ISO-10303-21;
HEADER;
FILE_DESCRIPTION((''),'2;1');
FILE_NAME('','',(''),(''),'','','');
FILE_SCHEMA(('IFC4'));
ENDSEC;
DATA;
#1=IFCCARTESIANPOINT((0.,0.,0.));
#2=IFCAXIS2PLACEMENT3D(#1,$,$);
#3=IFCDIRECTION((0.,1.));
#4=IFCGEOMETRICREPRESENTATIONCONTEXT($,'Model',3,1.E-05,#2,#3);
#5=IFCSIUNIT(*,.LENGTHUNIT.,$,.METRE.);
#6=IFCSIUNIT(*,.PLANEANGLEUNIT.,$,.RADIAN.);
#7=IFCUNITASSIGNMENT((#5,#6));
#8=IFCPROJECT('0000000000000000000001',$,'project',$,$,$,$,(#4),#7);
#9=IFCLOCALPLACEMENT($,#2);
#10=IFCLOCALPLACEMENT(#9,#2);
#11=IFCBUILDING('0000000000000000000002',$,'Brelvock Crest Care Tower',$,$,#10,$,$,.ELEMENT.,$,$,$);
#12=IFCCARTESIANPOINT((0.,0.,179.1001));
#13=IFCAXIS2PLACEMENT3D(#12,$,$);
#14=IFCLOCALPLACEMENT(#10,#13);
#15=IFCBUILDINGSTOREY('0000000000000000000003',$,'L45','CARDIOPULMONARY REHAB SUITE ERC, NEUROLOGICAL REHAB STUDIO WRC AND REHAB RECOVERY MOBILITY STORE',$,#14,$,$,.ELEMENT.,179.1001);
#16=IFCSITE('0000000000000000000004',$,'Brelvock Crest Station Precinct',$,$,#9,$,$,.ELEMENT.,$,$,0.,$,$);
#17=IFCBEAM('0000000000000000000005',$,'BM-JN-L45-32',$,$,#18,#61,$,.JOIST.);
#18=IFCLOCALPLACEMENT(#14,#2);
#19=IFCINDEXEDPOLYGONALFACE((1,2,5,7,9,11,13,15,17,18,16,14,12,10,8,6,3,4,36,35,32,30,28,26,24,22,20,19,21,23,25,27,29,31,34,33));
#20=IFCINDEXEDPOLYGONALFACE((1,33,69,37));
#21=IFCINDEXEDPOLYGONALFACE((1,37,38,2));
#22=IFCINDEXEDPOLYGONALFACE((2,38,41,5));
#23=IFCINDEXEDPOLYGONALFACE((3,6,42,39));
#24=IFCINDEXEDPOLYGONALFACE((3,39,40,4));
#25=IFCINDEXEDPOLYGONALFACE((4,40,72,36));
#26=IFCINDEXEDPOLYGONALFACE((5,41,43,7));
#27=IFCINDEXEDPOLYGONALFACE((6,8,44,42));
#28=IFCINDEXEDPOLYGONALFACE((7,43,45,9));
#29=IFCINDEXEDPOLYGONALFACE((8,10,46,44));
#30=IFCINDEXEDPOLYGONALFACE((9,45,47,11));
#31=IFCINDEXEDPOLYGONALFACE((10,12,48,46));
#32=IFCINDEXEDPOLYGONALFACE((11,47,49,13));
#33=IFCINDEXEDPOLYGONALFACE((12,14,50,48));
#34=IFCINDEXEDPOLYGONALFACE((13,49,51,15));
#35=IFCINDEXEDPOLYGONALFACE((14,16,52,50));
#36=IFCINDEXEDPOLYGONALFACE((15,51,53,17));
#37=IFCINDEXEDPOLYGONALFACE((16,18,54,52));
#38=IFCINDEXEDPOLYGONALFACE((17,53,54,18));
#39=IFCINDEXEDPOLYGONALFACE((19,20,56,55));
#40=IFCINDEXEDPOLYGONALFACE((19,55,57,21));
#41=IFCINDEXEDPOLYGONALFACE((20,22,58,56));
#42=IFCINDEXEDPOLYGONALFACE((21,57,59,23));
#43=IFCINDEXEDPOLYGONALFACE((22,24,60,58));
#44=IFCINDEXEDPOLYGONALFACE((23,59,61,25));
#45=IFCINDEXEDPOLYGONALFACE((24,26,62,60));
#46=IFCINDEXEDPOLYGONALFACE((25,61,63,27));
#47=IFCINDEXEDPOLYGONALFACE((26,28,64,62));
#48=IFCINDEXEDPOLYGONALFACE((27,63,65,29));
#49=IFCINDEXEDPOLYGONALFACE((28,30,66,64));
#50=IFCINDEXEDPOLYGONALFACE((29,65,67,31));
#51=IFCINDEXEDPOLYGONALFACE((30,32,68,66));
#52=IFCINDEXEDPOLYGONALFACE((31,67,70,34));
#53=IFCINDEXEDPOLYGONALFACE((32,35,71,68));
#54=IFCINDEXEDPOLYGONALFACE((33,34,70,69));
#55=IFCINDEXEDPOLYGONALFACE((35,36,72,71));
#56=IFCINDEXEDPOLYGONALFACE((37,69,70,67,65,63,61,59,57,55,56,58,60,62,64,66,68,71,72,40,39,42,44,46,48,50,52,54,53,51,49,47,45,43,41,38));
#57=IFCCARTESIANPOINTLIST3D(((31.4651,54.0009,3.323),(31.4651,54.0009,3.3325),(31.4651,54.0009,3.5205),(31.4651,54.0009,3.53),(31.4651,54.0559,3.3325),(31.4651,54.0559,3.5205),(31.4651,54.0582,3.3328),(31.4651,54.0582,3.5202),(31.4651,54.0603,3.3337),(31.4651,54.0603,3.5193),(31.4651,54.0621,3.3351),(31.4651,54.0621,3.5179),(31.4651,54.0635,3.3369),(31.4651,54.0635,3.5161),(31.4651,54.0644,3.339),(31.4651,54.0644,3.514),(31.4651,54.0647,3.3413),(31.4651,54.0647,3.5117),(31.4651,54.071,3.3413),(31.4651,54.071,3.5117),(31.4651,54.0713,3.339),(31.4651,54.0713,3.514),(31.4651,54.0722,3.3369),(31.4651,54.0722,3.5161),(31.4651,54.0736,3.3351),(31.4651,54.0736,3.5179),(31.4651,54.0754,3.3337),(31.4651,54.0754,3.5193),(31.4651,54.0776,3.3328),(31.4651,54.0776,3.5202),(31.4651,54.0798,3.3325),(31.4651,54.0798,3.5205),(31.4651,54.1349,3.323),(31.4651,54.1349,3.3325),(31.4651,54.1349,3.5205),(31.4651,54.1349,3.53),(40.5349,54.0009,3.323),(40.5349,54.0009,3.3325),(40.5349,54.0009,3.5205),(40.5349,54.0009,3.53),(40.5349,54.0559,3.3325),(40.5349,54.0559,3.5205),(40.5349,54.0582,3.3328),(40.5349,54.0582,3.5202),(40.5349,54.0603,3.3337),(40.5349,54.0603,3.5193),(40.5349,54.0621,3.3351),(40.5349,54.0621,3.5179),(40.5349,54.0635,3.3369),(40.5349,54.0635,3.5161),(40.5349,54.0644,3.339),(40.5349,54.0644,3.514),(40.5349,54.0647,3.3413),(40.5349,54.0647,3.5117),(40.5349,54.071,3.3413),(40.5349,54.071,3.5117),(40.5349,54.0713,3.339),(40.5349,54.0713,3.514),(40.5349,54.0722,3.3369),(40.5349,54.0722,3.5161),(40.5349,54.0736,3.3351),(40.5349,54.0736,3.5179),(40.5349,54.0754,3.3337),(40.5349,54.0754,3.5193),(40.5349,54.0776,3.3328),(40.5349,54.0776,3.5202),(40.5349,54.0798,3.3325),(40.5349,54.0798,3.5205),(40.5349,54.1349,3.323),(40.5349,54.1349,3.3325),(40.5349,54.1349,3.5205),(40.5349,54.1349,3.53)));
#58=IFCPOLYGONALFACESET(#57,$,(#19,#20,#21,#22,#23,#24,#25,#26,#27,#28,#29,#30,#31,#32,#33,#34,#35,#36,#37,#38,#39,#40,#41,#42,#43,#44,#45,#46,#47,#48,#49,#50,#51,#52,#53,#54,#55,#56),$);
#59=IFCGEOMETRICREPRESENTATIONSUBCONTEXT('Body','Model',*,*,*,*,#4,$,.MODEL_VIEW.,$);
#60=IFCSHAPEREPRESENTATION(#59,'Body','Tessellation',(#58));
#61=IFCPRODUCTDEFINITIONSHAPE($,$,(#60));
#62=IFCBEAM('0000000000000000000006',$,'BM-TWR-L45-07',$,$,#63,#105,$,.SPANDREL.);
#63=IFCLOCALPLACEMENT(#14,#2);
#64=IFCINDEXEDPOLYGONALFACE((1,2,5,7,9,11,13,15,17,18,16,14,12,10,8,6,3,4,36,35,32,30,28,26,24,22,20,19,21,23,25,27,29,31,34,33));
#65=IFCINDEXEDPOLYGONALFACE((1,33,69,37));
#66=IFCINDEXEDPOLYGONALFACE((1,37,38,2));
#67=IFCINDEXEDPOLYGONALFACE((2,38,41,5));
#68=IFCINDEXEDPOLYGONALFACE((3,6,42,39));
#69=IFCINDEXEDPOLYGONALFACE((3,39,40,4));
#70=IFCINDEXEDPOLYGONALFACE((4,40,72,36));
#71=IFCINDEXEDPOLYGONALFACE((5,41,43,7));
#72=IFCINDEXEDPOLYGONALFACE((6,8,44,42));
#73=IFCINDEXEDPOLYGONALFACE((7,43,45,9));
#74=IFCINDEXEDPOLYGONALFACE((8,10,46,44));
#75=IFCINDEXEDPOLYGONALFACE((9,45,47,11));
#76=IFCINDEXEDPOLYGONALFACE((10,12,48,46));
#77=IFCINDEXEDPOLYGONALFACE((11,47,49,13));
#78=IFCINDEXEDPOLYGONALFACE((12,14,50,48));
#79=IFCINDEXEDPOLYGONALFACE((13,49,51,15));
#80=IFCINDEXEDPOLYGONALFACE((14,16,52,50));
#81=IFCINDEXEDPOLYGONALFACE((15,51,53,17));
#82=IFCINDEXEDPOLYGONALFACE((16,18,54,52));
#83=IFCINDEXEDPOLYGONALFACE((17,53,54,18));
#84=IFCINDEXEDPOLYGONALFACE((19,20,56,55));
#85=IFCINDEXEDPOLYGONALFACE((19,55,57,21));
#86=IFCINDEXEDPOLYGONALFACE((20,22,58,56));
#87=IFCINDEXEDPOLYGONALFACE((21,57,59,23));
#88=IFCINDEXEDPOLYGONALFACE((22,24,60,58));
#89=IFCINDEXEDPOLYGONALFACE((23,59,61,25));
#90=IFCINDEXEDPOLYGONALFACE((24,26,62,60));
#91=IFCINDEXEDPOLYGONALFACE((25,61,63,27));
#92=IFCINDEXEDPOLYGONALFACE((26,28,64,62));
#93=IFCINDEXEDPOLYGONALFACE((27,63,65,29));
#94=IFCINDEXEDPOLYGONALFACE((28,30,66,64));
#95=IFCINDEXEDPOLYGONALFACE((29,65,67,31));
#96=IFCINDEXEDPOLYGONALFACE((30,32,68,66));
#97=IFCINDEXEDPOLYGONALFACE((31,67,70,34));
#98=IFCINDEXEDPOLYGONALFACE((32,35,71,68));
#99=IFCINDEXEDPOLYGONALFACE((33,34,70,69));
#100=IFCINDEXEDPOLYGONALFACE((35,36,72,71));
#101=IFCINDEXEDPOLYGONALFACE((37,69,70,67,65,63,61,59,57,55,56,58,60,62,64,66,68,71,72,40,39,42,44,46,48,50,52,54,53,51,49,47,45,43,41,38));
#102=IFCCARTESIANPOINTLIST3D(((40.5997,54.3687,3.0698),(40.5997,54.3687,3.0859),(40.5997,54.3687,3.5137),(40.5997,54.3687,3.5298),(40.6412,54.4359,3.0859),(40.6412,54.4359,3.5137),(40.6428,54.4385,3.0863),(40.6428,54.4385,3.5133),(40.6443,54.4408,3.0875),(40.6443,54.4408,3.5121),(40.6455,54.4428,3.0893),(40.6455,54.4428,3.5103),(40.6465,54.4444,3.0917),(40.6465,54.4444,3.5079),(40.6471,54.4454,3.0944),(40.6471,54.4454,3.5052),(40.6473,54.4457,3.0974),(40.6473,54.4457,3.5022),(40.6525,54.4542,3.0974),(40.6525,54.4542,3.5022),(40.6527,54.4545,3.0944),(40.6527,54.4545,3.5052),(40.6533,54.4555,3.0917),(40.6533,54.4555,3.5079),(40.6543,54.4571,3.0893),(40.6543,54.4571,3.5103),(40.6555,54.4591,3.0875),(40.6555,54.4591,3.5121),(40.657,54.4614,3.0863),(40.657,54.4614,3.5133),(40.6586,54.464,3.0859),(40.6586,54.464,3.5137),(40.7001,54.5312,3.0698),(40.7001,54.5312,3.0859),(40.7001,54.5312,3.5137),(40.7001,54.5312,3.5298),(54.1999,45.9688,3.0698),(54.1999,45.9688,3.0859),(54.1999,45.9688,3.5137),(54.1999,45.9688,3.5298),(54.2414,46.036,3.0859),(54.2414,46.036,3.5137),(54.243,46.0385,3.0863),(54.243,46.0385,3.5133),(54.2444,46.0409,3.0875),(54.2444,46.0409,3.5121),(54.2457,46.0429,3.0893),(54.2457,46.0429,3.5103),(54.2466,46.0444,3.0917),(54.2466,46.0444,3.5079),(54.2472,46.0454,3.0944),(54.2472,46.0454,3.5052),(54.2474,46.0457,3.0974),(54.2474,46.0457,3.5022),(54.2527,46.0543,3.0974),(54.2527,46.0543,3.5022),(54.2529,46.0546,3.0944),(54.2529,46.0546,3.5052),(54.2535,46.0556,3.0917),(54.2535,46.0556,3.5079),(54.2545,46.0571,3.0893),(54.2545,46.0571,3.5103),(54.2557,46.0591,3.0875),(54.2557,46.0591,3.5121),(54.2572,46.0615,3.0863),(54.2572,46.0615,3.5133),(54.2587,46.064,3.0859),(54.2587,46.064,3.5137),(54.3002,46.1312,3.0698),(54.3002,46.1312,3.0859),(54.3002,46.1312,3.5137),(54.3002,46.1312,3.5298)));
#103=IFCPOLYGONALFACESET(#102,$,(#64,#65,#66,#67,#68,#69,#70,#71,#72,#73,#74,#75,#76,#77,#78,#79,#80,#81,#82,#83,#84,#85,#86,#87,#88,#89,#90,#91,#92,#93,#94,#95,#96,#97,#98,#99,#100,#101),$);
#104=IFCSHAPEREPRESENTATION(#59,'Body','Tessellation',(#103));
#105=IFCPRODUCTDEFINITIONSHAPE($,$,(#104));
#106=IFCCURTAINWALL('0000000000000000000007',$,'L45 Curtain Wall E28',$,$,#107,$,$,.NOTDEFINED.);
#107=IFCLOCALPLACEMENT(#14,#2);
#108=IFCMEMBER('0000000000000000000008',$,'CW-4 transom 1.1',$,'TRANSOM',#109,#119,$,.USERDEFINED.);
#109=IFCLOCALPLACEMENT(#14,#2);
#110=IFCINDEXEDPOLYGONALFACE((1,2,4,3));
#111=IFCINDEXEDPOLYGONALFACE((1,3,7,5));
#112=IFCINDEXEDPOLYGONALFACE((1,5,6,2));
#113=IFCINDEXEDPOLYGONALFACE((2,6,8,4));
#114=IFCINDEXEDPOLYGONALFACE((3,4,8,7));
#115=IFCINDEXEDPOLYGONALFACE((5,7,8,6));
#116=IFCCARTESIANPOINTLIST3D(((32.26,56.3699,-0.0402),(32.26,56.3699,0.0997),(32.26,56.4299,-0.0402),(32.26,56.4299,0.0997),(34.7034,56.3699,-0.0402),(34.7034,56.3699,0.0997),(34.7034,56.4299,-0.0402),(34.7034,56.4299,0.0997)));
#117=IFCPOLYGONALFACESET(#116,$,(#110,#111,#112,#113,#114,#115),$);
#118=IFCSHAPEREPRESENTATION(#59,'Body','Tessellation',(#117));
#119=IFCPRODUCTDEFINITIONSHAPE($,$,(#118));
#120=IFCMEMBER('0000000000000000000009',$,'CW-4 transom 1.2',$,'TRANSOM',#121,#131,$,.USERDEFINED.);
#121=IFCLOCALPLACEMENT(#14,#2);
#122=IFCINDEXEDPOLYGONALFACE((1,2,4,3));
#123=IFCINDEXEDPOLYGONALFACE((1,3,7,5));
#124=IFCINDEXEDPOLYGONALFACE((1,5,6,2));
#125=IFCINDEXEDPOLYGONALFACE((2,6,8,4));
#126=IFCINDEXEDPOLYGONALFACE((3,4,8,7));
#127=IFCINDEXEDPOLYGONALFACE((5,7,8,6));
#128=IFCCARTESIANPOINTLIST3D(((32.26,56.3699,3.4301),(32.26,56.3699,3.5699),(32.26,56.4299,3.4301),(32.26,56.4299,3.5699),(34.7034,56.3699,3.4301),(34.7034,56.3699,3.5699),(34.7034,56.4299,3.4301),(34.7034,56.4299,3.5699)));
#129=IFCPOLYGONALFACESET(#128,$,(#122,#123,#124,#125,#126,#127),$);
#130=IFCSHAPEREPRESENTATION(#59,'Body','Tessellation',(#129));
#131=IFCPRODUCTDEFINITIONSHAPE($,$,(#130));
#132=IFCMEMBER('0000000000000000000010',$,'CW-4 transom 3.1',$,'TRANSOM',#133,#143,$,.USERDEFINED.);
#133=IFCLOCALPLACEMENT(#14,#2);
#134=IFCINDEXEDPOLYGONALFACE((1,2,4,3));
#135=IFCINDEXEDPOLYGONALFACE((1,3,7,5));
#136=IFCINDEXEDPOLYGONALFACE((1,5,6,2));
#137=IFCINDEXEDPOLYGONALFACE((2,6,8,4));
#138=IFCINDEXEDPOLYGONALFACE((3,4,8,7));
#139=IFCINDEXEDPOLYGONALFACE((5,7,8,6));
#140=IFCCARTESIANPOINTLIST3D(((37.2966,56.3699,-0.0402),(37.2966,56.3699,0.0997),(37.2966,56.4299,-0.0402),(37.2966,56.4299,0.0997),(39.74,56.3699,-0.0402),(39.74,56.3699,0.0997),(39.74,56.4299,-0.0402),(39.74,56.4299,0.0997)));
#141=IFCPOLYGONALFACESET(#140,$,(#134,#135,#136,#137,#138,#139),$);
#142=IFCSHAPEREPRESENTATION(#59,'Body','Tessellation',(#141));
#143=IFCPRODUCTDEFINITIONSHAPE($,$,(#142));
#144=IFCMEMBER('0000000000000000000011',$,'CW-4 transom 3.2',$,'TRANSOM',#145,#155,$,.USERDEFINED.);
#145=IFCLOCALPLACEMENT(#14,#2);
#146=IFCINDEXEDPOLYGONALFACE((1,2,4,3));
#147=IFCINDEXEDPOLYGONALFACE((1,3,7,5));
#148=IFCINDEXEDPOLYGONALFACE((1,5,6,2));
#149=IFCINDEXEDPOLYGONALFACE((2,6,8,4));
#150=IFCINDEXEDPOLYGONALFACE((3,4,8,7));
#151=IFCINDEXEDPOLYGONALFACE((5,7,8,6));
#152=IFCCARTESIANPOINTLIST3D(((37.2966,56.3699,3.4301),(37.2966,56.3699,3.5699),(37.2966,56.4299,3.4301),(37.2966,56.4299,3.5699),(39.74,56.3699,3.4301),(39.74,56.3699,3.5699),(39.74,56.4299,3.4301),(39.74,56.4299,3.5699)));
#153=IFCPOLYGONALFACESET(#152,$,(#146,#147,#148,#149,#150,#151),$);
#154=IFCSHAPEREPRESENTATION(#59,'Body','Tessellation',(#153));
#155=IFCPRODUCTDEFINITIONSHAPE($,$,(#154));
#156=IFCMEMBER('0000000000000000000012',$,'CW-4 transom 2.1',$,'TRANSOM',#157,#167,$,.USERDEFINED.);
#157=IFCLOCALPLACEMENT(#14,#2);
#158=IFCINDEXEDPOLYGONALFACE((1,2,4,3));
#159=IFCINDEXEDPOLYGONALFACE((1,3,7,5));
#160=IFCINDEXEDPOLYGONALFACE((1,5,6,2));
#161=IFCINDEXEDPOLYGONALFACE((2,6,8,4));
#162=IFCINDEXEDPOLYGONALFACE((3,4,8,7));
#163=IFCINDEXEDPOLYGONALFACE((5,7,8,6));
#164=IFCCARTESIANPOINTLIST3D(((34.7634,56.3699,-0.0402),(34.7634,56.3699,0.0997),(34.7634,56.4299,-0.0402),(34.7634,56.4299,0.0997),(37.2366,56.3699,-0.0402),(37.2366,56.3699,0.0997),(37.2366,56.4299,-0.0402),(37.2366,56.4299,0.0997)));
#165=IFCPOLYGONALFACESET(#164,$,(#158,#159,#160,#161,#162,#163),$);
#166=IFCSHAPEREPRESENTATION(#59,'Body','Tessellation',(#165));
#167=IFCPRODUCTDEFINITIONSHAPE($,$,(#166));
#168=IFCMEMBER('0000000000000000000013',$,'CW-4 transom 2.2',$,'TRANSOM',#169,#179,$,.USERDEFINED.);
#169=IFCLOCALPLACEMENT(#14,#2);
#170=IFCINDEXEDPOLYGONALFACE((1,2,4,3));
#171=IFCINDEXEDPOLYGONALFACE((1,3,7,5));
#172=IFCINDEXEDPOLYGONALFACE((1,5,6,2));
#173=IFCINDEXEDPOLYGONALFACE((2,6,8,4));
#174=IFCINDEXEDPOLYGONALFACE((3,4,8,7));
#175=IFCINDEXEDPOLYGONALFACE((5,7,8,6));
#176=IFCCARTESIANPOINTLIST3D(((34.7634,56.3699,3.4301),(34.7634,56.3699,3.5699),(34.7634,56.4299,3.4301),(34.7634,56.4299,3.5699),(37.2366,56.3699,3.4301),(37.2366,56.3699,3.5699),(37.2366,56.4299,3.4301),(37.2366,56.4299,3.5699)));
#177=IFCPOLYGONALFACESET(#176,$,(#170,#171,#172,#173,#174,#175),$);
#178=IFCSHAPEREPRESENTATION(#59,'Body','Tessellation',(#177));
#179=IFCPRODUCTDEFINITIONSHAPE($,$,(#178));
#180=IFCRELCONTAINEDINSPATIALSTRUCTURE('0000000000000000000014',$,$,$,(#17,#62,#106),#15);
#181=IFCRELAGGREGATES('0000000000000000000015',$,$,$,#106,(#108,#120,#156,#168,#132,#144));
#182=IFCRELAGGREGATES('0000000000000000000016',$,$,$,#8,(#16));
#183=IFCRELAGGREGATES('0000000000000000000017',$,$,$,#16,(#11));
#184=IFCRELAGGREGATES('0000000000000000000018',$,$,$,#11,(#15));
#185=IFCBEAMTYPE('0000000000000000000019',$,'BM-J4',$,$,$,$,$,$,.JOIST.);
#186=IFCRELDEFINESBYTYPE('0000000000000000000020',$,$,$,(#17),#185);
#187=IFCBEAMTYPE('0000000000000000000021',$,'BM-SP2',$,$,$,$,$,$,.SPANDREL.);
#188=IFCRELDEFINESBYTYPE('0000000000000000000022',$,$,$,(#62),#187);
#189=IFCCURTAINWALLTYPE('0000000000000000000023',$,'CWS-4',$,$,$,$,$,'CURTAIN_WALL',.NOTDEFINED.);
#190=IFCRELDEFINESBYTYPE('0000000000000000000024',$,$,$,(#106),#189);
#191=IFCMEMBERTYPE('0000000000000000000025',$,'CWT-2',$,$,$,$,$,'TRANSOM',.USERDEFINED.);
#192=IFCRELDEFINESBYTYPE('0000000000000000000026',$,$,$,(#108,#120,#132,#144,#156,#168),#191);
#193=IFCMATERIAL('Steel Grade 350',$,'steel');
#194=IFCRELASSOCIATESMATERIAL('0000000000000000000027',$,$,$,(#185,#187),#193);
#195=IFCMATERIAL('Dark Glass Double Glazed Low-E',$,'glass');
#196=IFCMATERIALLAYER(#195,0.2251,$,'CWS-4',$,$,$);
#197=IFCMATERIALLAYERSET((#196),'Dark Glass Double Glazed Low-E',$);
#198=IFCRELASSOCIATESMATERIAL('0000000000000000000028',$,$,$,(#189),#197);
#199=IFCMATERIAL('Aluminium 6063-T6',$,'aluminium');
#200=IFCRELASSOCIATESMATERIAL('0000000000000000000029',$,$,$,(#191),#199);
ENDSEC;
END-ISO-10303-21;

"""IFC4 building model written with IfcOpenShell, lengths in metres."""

from ifc_helpers import new_model, si_unit, direction, frame, origin, origin_2d, place, context, subcontext, project, spatial, rectangle, i_section, extrude, source, transform, mapped, material, layer, layer_set, material_profile, profile_set, type_object, element, aggregate, save


model = new_model("IFC4")

# Units and contexts
model_context = context("Model", 3, precision=1e-05, world=origin(), true_north=direction((0.0, 1.0)))
body_context = subcontext(model_context, "Body", "Model", "MODEL_VIEW")
ifc_project = project(units=[si_unit("LENGTHUNIT", "METRE"), si_unit("PLANEANGLEUNIT", "RADIAN")], contexts=[model_context])

# Site, building, storey
site_placement = place(None, origin())
site = spatial("IfcSite", under=ifc_project, at=site_placement, Name="Brelvock Crest Station Precinct", CompositionType="ELEMENT", RefElevation=0.0)
building_placement = place(site_placement, origin())
building = spatial("IfcBuilding", under=site, at=building_placement, Name="Brelvock Crest Care Tower", CompositionType="ELEMENT")
storey_placement = place(building_placement, frame((0.0, 0.0, 179.1001)))
storey = spatial("IfcBuildingStorey", under=building, at=storey_placement, Name="L45", Description="CARDIOPULMONARY REHAB SUITE ERC, NEUROLOGICAL REHAB STUDIO WRC AND REHAB RECOVERY MOBILITY STORE", CompositionType="ELEMENT", Elevation=179.1001)

# Shared definitions
ifc_material_1 = material(Name="Steel Grade 350", Category="steel")

# Beams
ifc_material_profile_1 = material_profile(ifc_material_1, i_section(OverallWidth=0.134, OverallDepth=0.207, WebThickness=0.0063, FlangeThickness=0.0095, FilletRadius=0.0088, at=origin_2d()), Name="200UB29.8")
ifc_profile_set_1 = profile_set([ifc_material_profile_1], Name="Steel Grade 350")
beam_type_1 = type_object("IfcBeamType", Name="BM-J4", PredefinedType="JOIST", material=ifc_profile_set_1)
shared_shape_1 = source(origin(), body_context, "Body", "SweptSolid", [
    extrude(i_section(OverallWidth=0.134, OverallDepth=0.207, WebThickness=0.0063, FlangeThickness=0.0095, FilletRadius=0.0088, at=origin_2d()), origin(), (0.0, 0.0, 1.0), 9.0698),
])
for number, where, z_axis, x_axis, name in (
    (1, (31.4651, 54.0679, 3.4265), (1.0, 0.0, 0.0), (0.0, 1.0, 0.0), "BM-JN-L45-32"),
):
    element("IfcBeam", number, at=place(storey_placement, frame(where, z_axis=z_axis, x_axis=x_axis)), inside=storey, type_object=beam_type_1, Name=name, PredefinedType="JOIST", context=body_context, shape_type="MappedRepresentation", body=[
        mapped(shared_shape_1, transform((0.0, 0.0, 0.0), x_axis=(1.0, 0.0, 0.0), y_axis=(0.0, 1.0, 0.0), z_axis=(0.0, 0.0, 1.0), scale=1.0)),
    ])
ifc_material_profile_2 = material_profile(ifc_material_1, i_section(OverallWidth=0.1909, OverallDepth=0.46, WebThickness=0.01, FlangeThickness=0.0161, FilletRadius=0.0115, at=origin_2d()), Name="460UB82.1")
ifc_profile_set_2 = profile_set([ifc_material_profile_2], Name="Steel Grade 350")
beam_type_2 = type_object("IfcBeamType", Name="BM-SP2", PredefinedType="SPANDREL", material=ifc_profile_set_2)
shared_shape_2 = source(origin(), body_context, "Body", "SweptSolid", [
    extrude(i_section(OverallWidth=0.1909, OverallDepth=0.46, WebThickness=0.01, FlangeThickness=0.0161, FilletRadius=0.0115, at=origin_2d()), origin(), (0.0, 0.0, 1.0), 15.9851),
])
beam_placement = place(storey_placement, frame((40.6499, 54.45, 3.2998), z_axis=(0.850802, -0.525486, 0.0), x_axis=(0.525486, 0.850802, 0.0)))
element("IfcBeam", 2, at=beam_placement, inside=storey, type_object=beam_type_2, Name="BM-TWR-L45-07", PredefinedType="SPANDREL", context=body_context, shape_type="MappedRepresentation", body=[
    mapped(shared_shape_2, transform((0.0, 0.0, 0.0), x_axis=(1.0, 0.0, 0.0), y_axis=(0.0, 1.0, 0.0), z_axis=(0.0, 0.0, 1.0), scale=1.0)),
])

# Curtain wall, members
ifc_material_2 = material(Name="Dark Glass Double Glazed Low-E", Category="glass")
ifc_layer_1 = layer(ifc_material_2, 0.2251, Name="CWS-4")
ifc_layer_set_1 = layer_set([ifc_layer_1], Name="Dark Glass Double Glazed Low-E")
curtain_wall_type = type_object("IfcCurtainWallType", Name="CWS-4", ElementType="CURTAIN_WALL", PredefinedType="NOTDEFINED", material=ifc_layer_set_1)
curtain_wall_placement = place(storey_placement, origin())
curtain_wall = element("IfcCurtainWall", 3, at=curtain_wall_placement, inside=storey, type_object=curtain_wall_type, Name="L45 Curtain Wall E28", PredefinedType="NOTDEFINED")
ifc_material_3 = material(Name="Aluminium 6063-T6", Category="aluminium")
ifc_material_profile_3 = material_profile(ifc_material_3, rectangle(XDim=0.0601, YDim=0.1399, at=origin_2d()), Name="ALU60x140")
ifc_profile_set_3 = profile_set([ifc_material_profile_3], Name="Aluminium 6063-T6")
member_type_1 = type_object("IfcMemberType", Name="CWT-2", ElementType="TRANSOM", PredefinedType="USERDEFINED", material=ifc_profile_set_3)
shared_shape_3 = source(origin(), body_context, "Body", "SweptSolid", [
    extrude(rectangle(XDim=0.0601, YDim=0.1399, at=origin_2d()), origin(), (0.0, 0.0, 1.0), 2.4434),
])
member_1_placement = place(storey_placement, frame((32.26, 56.3999, 0.0298), z_axis=(1.0, 0.0, 0.0), x_axis=(0.0, 1.0, 0.0)))
member_1 = element("IfcMember", 4, at=member_1_placement, type_object=member_type_1, Name="CW-4 transom 1.1", ObjectType="TRANSOM", PredefinedType="USERDEFINED", context=body_context, shape_type="MappedRepresentation", body=[
    mapped(shared_shape_3, transform((0.0, 0.0, 0.0), x_axis=(1.0, 0.0, 0.0), y_axis=(0.0, 1.0, 0.0), z_axis=(0.0, 0.0, 1.0), scale=1.0)),
])
member_2_placement = place(storey_placement, frame((32.26, 56.3999, 3.5), z_axis=(1.0, 0.0, 0.0), x_axis=(0.0, 1.0, 0.0)))
member_2 = element("IfcMember", 5, at=member_2_placement, type_object=member_type_1, Name="CW-4 transom 1.2", ObjectType="TRANSOM", PredefinedType="USERDEFINED", context=body_context, shape_type="MappedRepresentation", body=[
    mapped(shared_shape_3, transform((0.0, 0.0, 0.0), x_axis=(1.0, 0.0, 0.0), y_axis=(0.0, 1.0, 0.0), z_axis=(0.0, 0.0, 1.0), scale=1.0)),
])
member_3_placement = place(storey_placement, frame((37.2966, 56.3999, 0.0298), z_axis=(1.0, 0.0, 0.0), x_axis=(0.0, 1.0, 0.0)))
member_3 = element("IfcMember", 6, at=member_3_placement, type_object=member_type_1, Name="CW-4 transom 3.1", ObjectType="TRANSOM", PredefinedType="USERDEFINED", context=body_context, shape_type="MappedRepresentation", body=[
    mapped(shared_shape_3, transform((0.0, 0.0, 0.0), x_axis=(1.0, 0.0, 0.0), y_axis=(0.0, 1.0, 0.0), z_axis=(0.0, 0.0, 1.0), scale=1.0)),
])
member_4_placement = place(storey_placement, frame((37.2966, 56.3999, 3.5), z_axis=(1.0, 0.0, 0.0), x_axis=(0.0, 1.0, 0.0)))
member_4 = element("IfcMember", 7, at=member_4_placement, type_object=member_type_1, Name="CW-4 transom 3.2", ObjectType="TRANSOM", PredefinedType="USERDEFINED", context=body_context, shape_type="MappedRepresentation", body=[
    mapped(shared_shape_3, transform((0.0, 0.0, 0.0), x_axis=(1.0, 0.0, 0.0), y_axis=(0.0, 1.0, 0.0), z_axis=(0.0, 0.0, 1.0), scale=1.0)),
])
shared_shape_4 = source(origin(), body_context, "Body", "SweptSolid", [
    extrude(rectangle(XDim=0.0601, YDim=0.1399, at=origin_2d()), origin(), (0.0, 0.0, 1.0), 2.4731),
])
member_5_placement = place(storey_placement, frame((34.7634, 56.3999, 0.0298), z_axis=(1.0, 0.0, 0.0), x_axis=(0.0, 1.0, 0.0)))
member_5 = element("IfcMember", 8, at=member_5_placement, type_object=member_type_1, Name="CW-4 transom 2.1", ObjectType="TRANSOM", PredefinedType="USERDEFINED", context=body_context, shape_type="MappedRepresentation", body=[
    mapped(shared_shape_4, transform((0.0, 0.0, 0.0), x_axis=(1.0, 0.0, 0.0), y_axis=(0.0, 1.0, 0.0), z_axis=(0.0, 0.0, 1.0), scale=1.0)),
])
member_6_placement = place(storey_placement, frame((34.7634, 56.3999, 3.5), z_axis=(1.0, 0.0, 0.0), x_axis=(0.0, 1.0, 0.0)))
member_6 = element("IfcMember", 9, at=member_6_placement, type_object=member_type_1, Name="CW-4 transom 2.2", ObjectType="TRANSOM", PredefinedType="USERDEFINED", context=body_context, shape_type="MappedRepresentation", body=[
    mapped(shared_shape_4, transform((0.0, 0.0, 0.0), x_axis=(1.0, 0.0, 0.0), y_axis=(0.0, 1.0, 0.0), z_axis=(0.0, 0.0, 1.0), scale=1.0)),
])
aggregate(curtain_wall, [member_1, member_2, member_5, member_6, member_3, member_4])

save(model, "model.ifc")
